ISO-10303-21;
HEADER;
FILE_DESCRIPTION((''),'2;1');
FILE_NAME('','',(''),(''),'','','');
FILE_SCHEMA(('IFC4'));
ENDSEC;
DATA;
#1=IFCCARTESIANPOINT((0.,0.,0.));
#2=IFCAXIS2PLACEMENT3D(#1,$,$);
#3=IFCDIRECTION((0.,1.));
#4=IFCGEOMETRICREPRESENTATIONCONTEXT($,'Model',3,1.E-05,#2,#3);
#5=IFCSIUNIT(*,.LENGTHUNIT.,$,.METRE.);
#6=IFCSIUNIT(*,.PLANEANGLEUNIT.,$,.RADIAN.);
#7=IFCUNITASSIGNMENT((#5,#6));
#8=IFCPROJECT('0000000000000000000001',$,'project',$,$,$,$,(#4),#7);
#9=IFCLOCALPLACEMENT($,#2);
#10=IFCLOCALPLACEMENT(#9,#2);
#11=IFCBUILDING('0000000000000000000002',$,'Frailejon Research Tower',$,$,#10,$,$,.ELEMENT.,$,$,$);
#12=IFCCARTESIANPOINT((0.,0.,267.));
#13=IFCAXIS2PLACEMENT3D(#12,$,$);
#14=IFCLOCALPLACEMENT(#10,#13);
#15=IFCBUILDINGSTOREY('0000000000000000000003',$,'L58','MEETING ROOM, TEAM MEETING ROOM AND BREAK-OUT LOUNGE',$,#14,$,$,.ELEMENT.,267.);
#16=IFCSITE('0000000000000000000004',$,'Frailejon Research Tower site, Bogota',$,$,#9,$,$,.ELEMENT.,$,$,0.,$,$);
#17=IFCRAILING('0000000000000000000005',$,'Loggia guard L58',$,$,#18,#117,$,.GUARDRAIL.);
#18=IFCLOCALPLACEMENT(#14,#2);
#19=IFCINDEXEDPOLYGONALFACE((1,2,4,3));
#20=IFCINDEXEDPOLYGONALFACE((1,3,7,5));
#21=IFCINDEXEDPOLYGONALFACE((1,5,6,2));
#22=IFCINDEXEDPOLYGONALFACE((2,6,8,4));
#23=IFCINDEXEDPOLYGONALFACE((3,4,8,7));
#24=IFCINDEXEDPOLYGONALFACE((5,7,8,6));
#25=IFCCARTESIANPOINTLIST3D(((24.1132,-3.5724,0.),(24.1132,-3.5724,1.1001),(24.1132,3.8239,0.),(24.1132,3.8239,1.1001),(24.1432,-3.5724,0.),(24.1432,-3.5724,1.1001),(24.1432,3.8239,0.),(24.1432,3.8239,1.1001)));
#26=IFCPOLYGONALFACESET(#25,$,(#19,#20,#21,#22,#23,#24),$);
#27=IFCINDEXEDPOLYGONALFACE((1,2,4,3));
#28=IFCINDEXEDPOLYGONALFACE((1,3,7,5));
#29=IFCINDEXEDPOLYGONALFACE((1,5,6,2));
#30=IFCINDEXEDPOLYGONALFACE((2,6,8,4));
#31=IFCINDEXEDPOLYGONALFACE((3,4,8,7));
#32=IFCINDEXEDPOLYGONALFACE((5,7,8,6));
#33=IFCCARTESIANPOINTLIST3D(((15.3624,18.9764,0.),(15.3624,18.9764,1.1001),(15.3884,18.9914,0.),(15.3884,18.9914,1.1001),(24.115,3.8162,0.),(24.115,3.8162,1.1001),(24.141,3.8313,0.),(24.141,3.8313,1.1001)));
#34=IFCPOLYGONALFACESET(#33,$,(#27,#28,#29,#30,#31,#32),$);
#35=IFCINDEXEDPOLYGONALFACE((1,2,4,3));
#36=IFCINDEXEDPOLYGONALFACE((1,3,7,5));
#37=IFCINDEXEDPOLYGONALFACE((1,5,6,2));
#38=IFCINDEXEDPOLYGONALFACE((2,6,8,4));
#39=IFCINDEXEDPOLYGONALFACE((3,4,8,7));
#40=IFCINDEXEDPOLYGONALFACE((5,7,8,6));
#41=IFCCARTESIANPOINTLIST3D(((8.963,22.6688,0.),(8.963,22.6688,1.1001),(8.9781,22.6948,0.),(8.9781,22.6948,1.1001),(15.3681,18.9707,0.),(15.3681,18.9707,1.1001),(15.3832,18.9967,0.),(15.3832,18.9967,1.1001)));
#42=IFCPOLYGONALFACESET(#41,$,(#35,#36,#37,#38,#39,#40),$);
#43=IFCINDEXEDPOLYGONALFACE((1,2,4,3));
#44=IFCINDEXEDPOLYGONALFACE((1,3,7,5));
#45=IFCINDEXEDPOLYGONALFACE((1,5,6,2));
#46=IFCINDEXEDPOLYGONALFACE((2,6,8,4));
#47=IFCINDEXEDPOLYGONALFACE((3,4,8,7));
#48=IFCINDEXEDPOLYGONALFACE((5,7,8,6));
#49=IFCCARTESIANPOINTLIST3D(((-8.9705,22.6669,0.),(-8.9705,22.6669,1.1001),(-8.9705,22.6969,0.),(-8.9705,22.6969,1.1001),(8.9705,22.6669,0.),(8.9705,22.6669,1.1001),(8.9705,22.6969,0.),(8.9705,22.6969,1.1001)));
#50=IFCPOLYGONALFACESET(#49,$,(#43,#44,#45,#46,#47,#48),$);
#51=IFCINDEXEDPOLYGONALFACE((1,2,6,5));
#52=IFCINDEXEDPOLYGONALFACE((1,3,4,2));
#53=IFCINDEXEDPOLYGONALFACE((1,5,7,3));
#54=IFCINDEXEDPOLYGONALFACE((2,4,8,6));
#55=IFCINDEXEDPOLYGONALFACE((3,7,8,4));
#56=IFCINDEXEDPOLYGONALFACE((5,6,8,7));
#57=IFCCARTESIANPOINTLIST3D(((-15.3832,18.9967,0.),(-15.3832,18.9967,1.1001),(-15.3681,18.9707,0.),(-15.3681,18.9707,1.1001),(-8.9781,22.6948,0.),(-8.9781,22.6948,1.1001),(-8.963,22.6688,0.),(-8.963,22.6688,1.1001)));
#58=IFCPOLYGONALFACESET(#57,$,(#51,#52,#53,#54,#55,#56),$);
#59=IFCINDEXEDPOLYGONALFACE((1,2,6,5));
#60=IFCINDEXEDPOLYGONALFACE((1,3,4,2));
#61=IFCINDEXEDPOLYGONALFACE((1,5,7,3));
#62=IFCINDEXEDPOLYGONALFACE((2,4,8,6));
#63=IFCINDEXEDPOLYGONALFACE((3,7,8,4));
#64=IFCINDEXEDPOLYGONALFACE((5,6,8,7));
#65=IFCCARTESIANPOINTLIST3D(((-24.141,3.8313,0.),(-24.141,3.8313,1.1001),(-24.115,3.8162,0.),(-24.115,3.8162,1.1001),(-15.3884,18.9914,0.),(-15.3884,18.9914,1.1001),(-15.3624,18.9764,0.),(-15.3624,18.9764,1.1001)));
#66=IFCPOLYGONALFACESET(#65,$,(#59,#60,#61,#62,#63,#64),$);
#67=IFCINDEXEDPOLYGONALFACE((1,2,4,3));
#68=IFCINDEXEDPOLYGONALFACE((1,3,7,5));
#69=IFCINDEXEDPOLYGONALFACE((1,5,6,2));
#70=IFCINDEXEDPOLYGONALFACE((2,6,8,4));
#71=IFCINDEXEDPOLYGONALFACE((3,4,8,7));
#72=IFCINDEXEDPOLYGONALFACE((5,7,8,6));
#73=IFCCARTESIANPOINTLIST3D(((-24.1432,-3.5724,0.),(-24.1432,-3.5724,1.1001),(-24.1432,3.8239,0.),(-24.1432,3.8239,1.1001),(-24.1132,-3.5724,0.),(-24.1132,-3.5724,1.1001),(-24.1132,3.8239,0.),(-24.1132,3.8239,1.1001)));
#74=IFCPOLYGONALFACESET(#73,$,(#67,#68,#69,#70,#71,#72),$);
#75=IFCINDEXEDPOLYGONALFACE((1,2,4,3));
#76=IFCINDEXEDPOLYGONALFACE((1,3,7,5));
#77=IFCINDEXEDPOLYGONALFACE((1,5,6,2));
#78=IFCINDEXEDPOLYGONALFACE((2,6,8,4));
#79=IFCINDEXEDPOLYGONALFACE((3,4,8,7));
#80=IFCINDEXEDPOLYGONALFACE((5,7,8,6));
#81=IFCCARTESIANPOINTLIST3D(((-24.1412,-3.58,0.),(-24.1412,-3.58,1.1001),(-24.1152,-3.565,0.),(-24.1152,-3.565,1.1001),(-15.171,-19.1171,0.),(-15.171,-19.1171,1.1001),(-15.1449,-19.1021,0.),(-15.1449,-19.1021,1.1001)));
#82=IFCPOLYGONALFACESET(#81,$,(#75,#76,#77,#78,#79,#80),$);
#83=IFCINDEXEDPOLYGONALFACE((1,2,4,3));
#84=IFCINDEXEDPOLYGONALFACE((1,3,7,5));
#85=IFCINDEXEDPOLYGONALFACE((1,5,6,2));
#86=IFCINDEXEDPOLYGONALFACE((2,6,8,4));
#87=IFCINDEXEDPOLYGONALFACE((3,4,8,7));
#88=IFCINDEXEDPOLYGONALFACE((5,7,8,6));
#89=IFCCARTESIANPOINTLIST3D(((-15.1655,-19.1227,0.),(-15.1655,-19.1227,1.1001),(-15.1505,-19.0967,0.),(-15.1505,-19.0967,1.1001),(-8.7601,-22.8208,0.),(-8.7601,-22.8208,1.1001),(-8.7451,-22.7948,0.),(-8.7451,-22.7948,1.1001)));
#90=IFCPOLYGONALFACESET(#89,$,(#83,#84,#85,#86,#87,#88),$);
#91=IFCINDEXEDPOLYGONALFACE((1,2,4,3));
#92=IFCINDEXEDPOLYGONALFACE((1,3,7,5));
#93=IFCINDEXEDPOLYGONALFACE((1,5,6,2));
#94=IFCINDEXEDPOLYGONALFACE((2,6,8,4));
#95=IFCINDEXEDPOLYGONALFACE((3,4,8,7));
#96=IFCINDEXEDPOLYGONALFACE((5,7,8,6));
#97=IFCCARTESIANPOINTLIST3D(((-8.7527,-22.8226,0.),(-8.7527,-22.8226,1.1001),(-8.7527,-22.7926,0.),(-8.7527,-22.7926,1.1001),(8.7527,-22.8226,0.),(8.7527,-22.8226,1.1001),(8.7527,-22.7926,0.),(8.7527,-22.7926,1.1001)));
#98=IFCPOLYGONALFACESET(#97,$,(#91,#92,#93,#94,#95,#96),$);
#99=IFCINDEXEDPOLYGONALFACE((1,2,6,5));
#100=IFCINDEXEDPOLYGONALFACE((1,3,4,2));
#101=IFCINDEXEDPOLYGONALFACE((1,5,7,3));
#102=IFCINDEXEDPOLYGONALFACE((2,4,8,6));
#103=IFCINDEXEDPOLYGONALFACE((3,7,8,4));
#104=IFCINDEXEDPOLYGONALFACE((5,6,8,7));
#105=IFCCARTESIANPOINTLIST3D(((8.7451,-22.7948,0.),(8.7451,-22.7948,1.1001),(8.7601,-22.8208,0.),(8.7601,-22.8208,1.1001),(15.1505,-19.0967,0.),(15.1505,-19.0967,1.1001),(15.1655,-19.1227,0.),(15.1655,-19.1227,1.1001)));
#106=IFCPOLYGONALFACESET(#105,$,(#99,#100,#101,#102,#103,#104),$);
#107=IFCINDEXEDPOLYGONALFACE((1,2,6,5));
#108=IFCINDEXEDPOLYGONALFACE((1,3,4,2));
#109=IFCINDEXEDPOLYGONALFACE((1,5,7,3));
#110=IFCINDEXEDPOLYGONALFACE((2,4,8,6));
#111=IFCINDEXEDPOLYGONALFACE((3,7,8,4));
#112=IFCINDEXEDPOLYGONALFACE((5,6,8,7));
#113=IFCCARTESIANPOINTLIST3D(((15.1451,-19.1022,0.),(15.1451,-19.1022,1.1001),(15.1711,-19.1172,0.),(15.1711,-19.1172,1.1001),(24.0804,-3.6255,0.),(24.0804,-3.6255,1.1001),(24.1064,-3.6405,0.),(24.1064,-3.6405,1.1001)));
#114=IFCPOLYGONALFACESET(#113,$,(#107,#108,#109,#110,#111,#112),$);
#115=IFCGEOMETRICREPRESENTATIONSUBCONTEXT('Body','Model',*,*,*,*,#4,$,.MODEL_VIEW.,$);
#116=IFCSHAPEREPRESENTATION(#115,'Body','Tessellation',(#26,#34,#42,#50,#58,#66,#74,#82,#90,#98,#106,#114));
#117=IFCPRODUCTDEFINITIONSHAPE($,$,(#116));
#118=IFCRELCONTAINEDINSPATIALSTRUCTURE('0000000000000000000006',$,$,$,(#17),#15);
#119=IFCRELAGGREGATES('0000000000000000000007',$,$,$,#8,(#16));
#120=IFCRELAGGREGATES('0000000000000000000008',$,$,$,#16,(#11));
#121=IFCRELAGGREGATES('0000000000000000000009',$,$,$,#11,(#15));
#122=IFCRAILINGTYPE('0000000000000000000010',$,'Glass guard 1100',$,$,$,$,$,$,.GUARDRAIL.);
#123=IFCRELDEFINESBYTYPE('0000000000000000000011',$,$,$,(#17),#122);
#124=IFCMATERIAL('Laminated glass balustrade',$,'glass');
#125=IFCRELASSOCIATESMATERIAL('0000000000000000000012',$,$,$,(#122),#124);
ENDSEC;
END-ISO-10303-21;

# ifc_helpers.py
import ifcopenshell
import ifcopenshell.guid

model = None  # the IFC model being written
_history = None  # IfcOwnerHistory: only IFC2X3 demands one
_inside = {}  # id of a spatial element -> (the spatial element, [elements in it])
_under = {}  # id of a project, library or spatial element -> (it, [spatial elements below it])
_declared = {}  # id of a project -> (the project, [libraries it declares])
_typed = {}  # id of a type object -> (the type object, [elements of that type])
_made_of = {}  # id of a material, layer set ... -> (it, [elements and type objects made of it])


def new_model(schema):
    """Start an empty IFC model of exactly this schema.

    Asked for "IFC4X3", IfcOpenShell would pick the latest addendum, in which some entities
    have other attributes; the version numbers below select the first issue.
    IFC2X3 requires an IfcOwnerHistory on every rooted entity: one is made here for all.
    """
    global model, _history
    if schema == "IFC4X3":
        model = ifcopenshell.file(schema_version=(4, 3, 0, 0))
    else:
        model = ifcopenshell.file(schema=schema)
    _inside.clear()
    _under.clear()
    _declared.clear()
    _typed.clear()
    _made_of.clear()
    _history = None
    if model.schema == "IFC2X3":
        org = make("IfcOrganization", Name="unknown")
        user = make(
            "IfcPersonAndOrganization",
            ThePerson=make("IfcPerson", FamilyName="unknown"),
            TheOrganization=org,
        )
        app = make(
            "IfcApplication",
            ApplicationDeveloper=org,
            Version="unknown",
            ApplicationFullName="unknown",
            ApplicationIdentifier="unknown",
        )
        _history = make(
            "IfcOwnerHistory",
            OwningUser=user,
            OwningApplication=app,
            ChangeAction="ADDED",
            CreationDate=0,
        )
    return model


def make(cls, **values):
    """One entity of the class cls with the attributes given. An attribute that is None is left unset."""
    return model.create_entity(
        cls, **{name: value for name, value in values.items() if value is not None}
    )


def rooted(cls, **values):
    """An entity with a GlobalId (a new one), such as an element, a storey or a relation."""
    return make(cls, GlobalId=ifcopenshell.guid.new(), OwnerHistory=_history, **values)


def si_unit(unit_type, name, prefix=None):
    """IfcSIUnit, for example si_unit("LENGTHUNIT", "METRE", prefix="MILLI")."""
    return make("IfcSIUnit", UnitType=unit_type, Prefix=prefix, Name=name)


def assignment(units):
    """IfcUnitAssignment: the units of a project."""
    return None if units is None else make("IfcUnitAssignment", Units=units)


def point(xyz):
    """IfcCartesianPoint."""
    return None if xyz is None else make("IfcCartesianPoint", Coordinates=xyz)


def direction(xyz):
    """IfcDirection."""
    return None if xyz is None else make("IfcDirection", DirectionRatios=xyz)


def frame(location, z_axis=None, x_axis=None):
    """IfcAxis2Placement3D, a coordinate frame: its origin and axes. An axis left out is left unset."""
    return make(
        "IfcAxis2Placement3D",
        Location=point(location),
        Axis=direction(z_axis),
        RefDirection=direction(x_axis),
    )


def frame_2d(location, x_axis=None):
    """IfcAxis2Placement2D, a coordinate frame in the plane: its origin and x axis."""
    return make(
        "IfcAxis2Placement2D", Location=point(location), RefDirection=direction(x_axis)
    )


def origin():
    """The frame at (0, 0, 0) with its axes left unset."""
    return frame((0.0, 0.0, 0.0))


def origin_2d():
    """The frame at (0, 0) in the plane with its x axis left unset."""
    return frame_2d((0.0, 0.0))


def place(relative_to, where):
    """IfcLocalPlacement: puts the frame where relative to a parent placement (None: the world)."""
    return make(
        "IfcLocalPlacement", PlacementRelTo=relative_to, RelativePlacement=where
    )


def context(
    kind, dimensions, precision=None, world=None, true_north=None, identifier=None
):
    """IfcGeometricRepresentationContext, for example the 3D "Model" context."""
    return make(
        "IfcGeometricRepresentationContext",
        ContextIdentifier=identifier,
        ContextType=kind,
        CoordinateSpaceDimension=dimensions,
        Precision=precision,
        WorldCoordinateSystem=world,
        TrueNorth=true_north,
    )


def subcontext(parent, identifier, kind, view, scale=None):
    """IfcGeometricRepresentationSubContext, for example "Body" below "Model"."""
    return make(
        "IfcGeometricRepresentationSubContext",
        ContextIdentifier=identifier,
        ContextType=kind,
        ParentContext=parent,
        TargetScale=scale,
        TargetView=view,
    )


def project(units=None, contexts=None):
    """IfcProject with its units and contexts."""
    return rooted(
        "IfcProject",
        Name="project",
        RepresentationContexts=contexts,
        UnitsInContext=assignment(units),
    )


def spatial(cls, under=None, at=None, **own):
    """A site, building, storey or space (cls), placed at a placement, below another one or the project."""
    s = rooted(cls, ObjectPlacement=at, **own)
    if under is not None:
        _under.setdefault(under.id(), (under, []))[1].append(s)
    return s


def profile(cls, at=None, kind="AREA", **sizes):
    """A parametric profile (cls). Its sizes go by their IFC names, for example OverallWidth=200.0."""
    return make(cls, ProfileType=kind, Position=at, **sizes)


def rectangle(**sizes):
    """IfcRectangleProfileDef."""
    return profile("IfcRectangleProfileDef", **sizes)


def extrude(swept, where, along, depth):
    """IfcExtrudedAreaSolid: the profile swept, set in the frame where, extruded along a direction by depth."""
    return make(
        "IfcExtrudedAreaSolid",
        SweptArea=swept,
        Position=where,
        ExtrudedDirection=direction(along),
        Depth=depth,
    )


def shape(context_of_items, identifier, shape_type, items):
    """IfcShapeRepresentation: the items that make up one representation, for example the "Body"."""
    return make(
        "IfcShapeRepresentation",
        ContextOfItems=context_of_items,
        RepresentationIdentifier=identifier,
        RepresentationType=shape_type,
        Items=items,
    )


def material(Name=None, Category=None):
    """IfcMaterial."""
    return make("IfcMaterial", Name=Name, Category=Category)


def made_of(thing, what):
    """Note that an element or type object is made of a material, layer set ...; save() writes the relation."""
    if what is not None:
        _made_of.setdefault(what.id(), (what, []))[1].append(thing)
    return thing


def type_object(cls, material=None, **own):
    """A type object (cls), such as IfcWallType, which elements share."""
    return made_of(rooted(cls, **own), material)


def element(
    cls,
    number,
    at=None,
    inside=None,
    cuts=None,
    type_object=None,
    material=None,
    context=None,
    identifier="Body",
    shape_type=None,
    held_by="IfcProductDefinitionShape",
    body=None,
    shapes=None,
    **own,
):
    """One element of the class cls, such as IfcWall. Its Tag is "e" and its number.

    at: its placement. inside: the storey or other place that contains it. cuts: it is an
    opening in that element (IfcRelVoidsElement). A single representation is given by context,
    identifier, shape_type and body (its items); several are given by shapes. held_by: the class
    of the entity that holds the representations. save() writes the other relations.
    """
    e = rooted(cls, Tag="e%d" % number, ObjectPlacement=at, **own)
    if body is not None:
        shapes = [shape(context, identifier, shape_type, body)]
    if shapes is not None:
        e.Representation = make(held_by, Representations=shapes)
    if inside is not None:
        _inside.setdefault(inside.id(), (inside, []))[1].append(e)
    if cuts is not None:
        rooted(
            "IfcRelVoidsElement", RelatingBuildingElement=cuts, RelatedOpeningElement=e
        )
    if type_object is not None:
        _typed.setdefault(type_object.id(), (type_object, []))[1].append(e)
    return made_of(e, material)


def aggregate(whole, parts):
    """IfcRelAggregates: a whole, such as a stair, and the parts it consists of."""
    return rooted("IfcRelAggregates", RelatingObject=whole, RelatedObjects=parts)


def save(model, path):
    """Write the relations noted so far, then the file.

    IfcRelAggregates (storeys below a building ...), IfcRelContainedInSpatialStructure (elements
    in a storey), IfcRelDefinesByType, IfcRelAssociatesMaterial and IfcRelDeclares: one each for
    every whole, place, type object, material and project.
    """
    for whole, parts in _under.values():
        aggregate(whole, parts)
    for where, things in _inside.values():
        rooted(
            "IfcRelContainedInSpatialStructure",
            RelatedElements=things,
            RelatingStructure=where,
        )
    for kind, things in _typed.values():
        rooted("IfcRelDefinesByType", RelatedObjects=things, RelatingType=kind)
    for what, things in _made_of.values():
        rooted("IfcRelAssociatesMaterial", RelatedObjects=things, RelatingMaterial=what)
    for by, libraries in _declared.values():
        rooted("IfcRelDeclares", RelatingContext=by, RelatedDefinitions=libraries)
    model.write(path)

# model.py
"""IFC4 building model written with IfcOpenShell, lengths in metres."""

from ifc_helpers import new_model, si_unit, direction, frame, origin, origin_2d, place, context, subcontext, project, spatial, rectangle, extrude, material, type_object, element, save


model = new_model("IFC4")

# Units and contexts
model_context = context("Model", 3, precision=1e-05, world=origin(), true_north=direction((0.0, 1.0)))
body_context = subcontext(model_context, "Body", "Model", "MODEL_VIEW")
ifc_project = project(units=[si_unit("LENGTHUNIT", "METRE"), si_unit("PLANEANGLEUNIT", "RADIAN")], contexts=[model_context])

# Site, building, storey
site_placement = place(None, origin())
site = spatial("IfcSite", under=ifc_project, at=site_placement, Name="Frailejon Research Tower site, Bogota", CompositionType="ELEMENT", RefElevation=0.0)
building_placement = place(site_placement, origin())
building = spatial("IfcBuilding", under=site, at=building_placement, Name="Frailejon Research Tower", CompositionType="ELEMENT")
storey_placement = place(building_placement, frame((0.0, 0.0, 267.0)))
storey = spatial("IfcBuildingStorey", under=building, at=storey_placement, Name="L58", Description="MEETING ROOM, TEAM MEETING ROOM AND BREAK-OUT LOUNGE", CompositionType="ELEMENT", Elevation=267.0)

# Railing
ifc_material_1 = material(Name="Laminated glass balustrade", Category="glass")
railing_type = type_object("IfcRailingType", Name="Glass guard 1100", PredefinedType="GUARDRAIL", material=ifc_material_1)
railing_placement = place(storey_placement, frame((24.1282, -3.5725, 0.0)))
element("IfcRailing", 1, at=railing_placement, inside=storey, type_object=railing_type, Name="Loggia guard L58", PredefinedType="GUARDRAIL", context=body_context, shape_type="SweptSolid", body=[
    extrude(rectangle(XDim=7.3962, YDim=0.03, at=origin_2d()), frame((0.0, 3.6982, 0.0), z_axis=(0.0, 0.0, 1.0), x_axis=(0.0, 1.0, 0.0)), (0.0, 0.0, 1.0), 1.1001),
    extrude(rectangle(XDim=17.5054, YDim=0.03, at=origin_2d()), frame((-4.3765, 14.9763, 0.0), z_axis=(0.0, 0.0, 1.0), x_axis=(-0.499999, 0.866026, 0.0)), (0.0, 0.0, 1.0), 1.1001),
    extrude(rectangle(XDim=7.396, YDim=0.03, at=origin_2d()), frame((-11.9551, 24.4053, 0.0), z_axis=(0.0, 0.0, 1.0), x_axis=(-0.866022, 0.500005, 0.0)), (0.0, 0.0, 1.0), 1.1001),
    extrude(rectangle(XDim=17.9409, YDim=0.03, at=origin_2d()), frame((-24.1282, 26.2544, 0.0), z_axis=(0.0, 0.0, 1.0), x_axis=(-1.0, 0.0, 0.0)), (0.0, 0.0, 1.0), 1.1001),
    extrude(rectangle(XDim=7.396, YDim=0.03, at=origin_2d()), frame((-36.3013, 24.4053, 0.0), z_axis=(0.0, 0.0, 1.0), x_axis=(-0.866022, -0.500005, 0.0)), (0.0, 0.0, 1.0), 1.1001),
    extrude(rectangle(XDim=17.5054, YDim=0.03, at=origin_2d()), frame((-43.8799, 14.9763, 0.0), z_axis=(0.0, 0.0, 1.0), x_axis=(-0.499999, -0.866026, 0.0)), (0.0, 0.0, 1.0), 1.1001),
    extrude(rectangle(XDim=7.3962, YDim=0.03, at=origin_2d()), frame((-48.2563, 3.6982, 0.0), z_axis=(0.0, 0.0, 1.0), x_axis=(0.0, -1.0, 0.0)), (0.0, 0.0, 1.0), 1.1001),
    extrude(rectangle(XDim=17.9407, YDim=0.03, at=origin_2d()), frame((-43.7712, -7.7686, 0.0), z_axis=(0.0, 0.0, 1.0), x_axis=(0.499994, -0.866029, 0.0)), (0.0, 0.0, 1.0), 1.1001),
    extrude(rectangle(XDim=7.3962, YDim=0.03, at=origin_2d()), frame((-36.0835, -17.3862, 0.0), z_axis=(0.0, 0.0, 1.0), x_axis=(0.866031, -0.499991, 0.0)), (0.0, 0.0, 1.0), 1.1001),
    extrude(rectangle(XDim=17.5054, YDim=0.03, at=origin_2d()), frame((-24.1282, -19.2351, 0.0), z_axis=(0.0, 0.0, 1.0), x_axis=(1.0, 0.0, 0.0)), (0.0, 0.0, 1.0), 1.1001),
    extrude(rectangle(XDim=7.3962, YDim=0.03, at=origin_2d()), frame((-12.1729, -17.3862, 0.0), z_axis=(0.0, 0.0, 1.0), x_axis=(0.866031, 0.499991, 0.0)), (0.0, 0.0, 1.0), 1.1001),
    extrude(rectangle(XDim=17.8708, YDim=0.03, at=origin_2d()), frame((-4.5024, -7.7988, 0.0), z_axis=(0.0, 0.0, 1.0), x_axis=(0.499996, 0.866028, 0.0)), (0.0, 0.0, 1.0), 1.1001),
])

save(model, "model.ifc")
